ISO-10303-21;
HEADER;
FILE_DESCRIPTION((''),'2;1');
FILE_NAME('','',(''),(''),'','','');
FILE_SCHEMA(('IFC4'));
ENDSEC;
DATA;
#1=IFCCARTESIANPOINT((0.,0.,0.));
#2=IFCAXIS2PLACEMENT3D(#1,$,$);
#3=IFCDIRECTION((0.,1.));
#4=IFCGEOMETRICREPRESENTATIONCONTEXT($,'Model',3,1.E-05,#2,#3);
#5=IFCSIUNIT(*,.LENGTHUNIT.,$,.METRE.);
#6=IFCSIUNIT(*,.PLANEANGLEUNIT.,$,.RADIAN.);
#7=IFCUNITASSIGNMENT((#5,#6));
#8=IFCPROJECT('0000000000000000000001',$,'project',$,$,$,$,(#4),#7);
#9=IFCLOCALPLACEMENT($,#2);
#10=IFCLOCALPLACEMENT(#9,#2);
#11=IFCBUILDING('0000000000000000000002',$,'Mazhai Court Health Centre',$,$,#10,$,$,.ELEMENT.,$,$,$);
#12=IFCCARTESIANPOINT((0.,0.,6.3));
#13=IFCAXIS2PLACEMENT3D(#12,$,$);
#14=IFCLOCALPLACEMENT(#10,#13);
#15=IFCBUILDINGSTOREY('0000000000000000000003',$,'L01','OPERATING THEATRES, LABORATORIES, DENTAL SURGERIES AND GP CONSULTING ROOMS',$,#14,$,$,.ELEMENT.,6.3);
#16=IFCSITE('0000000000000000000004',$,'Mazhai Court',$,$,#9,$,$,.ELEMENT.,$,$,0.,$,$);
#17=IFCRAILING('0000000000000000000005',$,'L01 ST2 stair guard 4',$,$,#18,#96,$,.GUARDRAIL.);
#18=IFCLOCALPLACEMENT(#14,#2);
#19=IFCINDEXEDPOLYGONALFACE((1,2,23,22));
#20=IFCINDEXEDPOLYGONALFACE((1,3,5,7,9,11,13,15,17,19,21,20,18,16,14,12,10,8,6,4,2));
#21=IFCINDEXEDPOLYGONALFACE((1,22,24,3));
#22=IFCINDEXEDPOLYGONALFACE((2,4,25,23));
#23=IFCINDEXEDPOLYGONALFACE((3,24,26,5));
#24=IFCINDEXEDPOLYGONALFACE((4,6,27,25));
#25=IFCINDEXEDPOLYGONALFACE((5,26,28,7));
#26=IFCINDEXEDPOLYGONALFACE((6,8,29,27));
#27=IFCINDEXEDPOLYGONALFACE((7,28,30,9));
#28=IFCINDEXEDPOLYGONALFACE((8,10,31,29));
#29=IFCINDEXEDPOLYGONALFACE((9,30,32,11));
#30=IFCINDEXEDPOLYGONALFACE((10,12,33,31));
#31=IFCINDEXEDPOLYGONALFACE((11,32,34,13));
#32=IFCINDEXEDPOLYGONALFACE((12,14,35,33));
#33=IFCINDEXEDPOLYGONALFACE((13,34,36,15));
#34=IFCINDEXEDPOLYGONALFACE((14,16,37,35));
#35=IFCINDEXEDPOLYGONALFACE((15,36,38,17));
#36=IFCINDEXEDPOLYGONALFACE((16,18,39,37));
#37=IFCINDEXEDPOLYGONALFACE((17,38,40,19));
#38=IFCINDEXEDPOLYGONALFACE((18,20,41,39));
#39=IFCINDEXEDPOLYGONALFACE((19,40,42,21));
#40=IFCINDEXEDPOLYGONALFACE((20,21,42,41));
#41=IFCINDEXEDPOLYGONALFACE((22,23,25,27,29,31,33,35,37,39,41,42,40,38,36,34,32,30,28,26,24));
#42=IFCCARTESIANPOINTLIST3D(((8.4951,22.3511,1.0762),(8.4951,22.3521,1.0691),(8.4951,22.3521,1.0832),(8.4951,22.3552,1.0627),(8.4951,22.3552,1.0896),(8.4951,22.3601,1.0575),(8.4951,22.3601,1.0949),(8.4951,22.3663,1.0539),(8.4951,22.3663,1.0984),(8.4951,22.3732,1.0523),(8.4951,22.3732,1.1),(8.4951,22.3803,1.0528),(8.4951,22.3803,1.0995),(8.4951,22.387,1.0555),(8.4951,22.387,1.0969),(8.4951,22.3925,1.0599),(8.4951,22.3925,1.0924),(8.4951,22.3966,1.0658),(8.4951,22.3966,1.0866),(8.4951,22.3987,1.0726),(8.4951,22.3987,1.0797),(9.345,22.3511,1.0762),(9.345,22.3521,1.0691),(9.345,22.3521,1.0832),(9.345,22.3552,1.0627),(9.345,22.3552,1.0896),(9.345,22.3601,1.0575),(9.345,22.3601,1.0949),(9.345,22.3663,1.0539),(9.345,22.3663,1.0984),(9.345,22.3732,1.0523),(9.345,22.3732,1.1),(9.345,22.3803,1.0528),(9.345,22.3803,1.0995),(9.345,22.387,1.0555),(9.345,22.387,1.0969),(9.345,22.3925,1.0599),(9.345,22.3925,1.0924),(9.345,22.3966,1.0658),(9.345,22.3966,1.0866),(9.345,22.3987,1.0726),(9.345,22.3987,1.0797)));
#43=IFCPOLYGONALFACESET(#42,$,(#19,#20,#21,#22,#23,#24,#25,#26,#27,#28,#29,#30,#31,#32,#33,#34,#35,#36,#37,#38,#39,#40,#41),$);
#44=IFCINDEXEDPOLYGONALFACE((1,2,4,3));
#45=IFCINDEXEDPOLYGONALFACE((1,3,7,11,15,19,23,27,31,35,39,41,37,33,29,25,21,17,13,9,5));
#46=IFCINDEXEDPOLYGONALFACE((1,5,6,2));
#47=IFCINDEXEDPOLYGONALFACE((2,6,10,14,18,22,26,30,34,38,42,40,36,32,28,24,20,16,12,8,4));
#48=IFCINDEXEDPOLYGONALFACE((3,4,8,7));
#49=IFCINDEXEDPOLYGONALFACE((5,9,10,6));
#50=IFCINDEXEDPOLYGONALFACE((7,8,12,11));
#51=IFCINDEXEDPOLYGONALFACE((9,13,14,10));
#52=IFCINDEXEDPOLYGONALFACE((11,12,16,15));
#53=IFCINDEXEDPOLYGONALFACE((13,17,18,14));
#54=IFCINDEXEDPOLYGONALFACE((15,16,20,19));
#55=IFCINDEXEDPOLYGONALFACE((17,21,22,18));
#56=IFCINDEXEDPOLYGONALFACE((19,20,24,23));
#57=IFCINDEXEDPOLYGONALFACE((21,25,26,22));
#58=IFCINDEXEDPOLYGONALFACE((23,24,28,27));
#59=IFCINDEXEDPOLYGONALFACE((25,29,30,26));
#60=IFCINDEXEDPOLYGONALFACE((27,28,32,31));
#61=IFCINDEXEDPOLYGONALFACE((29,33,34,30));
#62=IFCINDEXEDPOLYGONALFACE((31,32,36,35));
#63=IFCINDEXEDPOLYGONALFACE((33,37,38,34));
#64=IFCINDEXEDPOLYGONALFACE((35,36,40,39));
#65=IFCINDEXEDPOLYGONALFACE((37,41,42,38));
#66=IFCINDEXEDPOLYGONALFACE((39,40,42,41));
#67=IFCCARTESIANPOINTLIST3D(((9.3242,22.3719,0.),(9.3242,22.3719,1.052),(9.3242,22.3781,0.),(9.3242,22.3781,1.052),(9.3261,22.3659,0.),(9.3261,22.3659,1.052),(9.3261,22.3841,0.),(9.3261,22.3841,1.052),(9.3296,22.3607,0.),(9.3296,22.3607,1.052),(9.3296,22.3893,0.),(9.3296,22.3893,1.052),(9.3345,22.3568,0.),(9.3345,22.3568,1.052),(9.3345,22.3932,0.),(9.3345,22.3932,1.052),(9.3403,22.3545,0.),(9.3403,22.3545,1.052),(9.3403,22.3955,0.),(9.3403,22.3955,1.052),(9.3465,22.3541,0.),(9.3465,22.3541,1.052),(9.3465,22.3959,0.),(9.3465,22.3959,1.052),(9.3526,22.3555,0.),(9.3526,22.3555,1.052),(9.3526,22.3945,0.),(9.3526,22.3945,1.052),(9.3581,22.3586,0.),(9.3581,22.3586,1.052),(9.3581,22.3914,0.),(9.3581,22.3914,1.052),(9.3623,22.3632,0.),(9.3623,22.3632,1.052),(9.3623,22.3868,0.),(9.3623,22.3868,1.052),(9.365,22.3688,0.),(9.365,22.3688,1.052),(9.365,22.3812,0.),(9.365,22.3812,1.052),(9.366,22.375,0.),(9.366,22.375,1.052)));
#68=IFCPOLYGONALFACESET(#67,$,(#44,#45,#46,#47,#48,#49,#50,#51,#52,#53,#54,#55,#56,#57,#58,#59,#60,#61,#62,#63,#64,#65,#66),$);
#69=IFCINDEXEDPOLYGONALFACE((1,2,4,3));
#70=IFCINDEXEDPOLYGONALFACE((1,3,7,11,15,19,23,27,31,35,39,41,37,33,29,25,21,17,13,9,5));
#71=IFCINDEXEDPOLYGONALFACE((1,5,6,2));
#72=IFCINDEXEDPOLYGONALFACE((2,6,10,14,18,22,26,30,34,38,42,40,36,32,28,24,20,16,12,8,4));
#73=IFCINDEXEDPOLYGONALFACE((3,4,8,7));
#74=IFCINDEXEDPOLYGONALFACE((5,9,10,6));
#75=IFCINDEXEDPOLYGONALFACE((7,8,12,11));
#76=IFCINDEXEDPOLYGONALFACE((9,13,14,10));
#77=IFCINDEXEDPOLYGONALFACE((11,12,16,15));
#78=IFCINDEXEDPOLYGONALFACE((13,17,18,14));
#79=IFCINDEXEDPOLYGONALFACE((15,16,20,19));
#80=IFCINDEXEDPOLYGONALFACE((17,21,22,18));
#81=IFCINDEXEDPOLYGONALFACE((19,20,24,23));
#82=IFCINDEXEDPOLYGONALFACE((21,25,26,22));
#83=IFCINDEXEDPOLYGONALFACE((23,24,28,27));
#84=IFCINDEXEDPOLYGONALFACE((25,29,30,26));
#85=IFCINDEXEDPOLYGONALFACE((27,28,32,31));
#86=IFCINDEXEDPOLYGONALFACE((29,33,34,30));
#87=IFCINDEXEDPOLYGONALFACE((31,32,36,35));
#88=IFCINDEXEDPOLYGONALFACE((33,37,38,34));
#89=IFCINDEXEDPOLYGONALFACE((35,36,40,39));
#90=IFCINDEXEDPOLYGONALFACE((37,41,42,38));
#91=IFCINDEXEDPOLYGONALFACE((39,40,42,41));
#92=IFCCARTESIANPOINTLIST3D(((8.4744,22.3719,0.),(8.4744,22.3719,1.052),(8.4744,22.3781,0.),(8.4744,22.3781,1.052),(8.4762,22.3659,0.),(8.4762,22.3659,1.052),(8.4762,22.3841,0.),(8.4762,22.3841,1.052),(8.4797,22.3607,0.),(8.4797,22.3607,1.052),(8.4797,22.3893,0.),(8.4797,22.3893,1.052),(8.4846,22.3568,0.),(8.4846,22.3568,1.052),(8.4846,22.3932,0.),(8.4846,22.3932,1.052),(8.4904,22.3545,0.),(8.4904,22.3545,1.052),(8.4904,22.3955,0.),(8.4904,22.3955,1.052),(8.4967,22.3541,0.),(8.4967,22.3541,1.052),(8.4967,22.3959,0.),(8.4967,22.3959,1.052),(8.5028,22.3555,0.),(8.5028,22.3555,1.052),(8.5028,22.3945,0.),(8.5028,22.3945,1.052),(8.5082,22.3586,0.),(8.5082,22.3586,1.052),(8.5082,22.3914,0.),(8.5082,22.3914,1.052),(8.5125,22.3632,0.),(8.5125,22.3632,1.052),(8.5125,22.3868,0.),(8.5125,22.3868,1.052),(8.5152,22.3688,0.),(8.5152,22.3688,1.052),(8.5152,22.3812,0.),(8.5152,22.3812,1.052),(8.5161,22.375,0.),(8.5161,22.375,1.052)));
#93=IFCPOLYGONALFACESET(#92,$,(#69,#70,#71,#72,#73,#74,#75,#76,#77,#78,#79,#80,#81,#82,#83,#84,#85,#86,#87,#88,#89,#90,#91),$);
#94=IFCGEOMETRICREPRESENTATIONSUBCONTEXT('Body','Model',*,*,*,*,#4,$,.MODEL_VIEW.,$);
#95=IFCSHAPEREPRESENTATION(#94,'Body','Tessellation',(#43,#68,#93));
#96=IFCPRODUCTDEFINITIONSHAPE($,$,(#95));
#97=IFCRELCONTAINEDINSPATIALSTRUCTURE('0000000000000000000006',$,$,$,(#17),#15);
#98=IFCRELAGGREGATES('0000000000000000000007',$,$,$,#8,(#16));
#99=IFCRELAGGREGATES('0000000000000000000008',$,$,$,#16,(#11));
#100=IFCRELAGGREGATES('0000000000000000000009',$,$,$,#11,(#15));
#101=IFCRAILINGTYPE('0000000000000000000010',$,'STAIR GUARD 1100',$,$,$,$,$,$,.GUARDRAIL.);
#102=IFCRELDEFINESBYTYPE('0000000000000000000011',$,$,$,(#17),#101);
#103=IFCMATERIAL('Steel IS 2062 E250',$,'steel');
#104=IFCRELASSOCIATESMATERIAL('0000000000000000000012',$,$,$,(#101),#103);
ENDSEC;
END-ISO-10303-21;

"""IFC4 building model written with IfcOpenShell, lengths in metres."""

from ifc_helpers import new_model, si_unit, direction, frame, origin, origin_2d, place, context, subcontext, project, spatial, circle, extrude, material, type_object, element, save


model = new_model("IFC4")

# Units and contexts
model_context = context("Model", 3, precision=1e-05, world=origin(), true_north=direction((0.0, 1.0)))
body_context = subcontext(model_context, "Body", "Model", "MODEL_VIEW")
ifc_project = project(units=[si_unit("LENGTHUNIT", "METRE"), si_unit("PLANEANGLEUNIT", "RADIAN")], contexts=[model_context])

# Site, building, storey
site_placement = place(None, origin())
site = spatial("IfcSite", under=ifc_project, at=site_placement, Name="Mazhai Court", CompositionType="ELEMENT", RefElevation=0.0)
building_placement = place(site_placement, origin())
building = spatial("IfcBuilding", under=site, at=building_placement, Name="Mazhai Court Health Centre", CompositionType="ELEMENT")
storey_placement = place(building_placement, frame((0.0, 0.0, 6.3)))
storey = spatial("IfcBuildingStorey", under=building, at=storey_placement, Name="L01", Description="OPERATING THEATRES, LABORATORIES, DENTAL SURGERIES AND GP CONSULTING ROOMS", CompositionType="ELEMENT", Elevation=6.3)

# Railing
ifc_material_1 = material(Name="Steel IS 2062 E250", Category="steel")
railing_type_1 = type_object("IfcRailingType", Name="STAIR GUARD 1100", PredefinedType="GUARDRAIL", material=ifc_material_1)
railing_1_placement = place(storey_placement, frame((9.345, 22.375, 0.0)))
element("IfcRailing", 1, at=railing_1_placement, inside=storey, type_object=railing_type_1, Name="L01 ST2 stair guard 4", PredefinedType="GUARDRAIL", context=body_context, shape_type="SweptSolid", body=[
    extrude(circle(Radius=0.0239, at=origin_2d()), frame((0.0, 0.0, 1.0762), z_axis=(-1.0, 0.0, 0.0), x_axis=(0.0, -1.0, 0.0)), (0.0, 0.0, 1.0), 0.8499),
    extrude(circle(Radius=0.021, at=origin_2d()), origin(), (0.0, 0.0, 1.0), 1.052),
    extrude(circle(Radius=0.021, at=origin_2d()), frame((-0.8499, 0.0, 0.0)), (0.0, 0.0, 1.0), 1.052),
])

save(model, "model.ifc")
